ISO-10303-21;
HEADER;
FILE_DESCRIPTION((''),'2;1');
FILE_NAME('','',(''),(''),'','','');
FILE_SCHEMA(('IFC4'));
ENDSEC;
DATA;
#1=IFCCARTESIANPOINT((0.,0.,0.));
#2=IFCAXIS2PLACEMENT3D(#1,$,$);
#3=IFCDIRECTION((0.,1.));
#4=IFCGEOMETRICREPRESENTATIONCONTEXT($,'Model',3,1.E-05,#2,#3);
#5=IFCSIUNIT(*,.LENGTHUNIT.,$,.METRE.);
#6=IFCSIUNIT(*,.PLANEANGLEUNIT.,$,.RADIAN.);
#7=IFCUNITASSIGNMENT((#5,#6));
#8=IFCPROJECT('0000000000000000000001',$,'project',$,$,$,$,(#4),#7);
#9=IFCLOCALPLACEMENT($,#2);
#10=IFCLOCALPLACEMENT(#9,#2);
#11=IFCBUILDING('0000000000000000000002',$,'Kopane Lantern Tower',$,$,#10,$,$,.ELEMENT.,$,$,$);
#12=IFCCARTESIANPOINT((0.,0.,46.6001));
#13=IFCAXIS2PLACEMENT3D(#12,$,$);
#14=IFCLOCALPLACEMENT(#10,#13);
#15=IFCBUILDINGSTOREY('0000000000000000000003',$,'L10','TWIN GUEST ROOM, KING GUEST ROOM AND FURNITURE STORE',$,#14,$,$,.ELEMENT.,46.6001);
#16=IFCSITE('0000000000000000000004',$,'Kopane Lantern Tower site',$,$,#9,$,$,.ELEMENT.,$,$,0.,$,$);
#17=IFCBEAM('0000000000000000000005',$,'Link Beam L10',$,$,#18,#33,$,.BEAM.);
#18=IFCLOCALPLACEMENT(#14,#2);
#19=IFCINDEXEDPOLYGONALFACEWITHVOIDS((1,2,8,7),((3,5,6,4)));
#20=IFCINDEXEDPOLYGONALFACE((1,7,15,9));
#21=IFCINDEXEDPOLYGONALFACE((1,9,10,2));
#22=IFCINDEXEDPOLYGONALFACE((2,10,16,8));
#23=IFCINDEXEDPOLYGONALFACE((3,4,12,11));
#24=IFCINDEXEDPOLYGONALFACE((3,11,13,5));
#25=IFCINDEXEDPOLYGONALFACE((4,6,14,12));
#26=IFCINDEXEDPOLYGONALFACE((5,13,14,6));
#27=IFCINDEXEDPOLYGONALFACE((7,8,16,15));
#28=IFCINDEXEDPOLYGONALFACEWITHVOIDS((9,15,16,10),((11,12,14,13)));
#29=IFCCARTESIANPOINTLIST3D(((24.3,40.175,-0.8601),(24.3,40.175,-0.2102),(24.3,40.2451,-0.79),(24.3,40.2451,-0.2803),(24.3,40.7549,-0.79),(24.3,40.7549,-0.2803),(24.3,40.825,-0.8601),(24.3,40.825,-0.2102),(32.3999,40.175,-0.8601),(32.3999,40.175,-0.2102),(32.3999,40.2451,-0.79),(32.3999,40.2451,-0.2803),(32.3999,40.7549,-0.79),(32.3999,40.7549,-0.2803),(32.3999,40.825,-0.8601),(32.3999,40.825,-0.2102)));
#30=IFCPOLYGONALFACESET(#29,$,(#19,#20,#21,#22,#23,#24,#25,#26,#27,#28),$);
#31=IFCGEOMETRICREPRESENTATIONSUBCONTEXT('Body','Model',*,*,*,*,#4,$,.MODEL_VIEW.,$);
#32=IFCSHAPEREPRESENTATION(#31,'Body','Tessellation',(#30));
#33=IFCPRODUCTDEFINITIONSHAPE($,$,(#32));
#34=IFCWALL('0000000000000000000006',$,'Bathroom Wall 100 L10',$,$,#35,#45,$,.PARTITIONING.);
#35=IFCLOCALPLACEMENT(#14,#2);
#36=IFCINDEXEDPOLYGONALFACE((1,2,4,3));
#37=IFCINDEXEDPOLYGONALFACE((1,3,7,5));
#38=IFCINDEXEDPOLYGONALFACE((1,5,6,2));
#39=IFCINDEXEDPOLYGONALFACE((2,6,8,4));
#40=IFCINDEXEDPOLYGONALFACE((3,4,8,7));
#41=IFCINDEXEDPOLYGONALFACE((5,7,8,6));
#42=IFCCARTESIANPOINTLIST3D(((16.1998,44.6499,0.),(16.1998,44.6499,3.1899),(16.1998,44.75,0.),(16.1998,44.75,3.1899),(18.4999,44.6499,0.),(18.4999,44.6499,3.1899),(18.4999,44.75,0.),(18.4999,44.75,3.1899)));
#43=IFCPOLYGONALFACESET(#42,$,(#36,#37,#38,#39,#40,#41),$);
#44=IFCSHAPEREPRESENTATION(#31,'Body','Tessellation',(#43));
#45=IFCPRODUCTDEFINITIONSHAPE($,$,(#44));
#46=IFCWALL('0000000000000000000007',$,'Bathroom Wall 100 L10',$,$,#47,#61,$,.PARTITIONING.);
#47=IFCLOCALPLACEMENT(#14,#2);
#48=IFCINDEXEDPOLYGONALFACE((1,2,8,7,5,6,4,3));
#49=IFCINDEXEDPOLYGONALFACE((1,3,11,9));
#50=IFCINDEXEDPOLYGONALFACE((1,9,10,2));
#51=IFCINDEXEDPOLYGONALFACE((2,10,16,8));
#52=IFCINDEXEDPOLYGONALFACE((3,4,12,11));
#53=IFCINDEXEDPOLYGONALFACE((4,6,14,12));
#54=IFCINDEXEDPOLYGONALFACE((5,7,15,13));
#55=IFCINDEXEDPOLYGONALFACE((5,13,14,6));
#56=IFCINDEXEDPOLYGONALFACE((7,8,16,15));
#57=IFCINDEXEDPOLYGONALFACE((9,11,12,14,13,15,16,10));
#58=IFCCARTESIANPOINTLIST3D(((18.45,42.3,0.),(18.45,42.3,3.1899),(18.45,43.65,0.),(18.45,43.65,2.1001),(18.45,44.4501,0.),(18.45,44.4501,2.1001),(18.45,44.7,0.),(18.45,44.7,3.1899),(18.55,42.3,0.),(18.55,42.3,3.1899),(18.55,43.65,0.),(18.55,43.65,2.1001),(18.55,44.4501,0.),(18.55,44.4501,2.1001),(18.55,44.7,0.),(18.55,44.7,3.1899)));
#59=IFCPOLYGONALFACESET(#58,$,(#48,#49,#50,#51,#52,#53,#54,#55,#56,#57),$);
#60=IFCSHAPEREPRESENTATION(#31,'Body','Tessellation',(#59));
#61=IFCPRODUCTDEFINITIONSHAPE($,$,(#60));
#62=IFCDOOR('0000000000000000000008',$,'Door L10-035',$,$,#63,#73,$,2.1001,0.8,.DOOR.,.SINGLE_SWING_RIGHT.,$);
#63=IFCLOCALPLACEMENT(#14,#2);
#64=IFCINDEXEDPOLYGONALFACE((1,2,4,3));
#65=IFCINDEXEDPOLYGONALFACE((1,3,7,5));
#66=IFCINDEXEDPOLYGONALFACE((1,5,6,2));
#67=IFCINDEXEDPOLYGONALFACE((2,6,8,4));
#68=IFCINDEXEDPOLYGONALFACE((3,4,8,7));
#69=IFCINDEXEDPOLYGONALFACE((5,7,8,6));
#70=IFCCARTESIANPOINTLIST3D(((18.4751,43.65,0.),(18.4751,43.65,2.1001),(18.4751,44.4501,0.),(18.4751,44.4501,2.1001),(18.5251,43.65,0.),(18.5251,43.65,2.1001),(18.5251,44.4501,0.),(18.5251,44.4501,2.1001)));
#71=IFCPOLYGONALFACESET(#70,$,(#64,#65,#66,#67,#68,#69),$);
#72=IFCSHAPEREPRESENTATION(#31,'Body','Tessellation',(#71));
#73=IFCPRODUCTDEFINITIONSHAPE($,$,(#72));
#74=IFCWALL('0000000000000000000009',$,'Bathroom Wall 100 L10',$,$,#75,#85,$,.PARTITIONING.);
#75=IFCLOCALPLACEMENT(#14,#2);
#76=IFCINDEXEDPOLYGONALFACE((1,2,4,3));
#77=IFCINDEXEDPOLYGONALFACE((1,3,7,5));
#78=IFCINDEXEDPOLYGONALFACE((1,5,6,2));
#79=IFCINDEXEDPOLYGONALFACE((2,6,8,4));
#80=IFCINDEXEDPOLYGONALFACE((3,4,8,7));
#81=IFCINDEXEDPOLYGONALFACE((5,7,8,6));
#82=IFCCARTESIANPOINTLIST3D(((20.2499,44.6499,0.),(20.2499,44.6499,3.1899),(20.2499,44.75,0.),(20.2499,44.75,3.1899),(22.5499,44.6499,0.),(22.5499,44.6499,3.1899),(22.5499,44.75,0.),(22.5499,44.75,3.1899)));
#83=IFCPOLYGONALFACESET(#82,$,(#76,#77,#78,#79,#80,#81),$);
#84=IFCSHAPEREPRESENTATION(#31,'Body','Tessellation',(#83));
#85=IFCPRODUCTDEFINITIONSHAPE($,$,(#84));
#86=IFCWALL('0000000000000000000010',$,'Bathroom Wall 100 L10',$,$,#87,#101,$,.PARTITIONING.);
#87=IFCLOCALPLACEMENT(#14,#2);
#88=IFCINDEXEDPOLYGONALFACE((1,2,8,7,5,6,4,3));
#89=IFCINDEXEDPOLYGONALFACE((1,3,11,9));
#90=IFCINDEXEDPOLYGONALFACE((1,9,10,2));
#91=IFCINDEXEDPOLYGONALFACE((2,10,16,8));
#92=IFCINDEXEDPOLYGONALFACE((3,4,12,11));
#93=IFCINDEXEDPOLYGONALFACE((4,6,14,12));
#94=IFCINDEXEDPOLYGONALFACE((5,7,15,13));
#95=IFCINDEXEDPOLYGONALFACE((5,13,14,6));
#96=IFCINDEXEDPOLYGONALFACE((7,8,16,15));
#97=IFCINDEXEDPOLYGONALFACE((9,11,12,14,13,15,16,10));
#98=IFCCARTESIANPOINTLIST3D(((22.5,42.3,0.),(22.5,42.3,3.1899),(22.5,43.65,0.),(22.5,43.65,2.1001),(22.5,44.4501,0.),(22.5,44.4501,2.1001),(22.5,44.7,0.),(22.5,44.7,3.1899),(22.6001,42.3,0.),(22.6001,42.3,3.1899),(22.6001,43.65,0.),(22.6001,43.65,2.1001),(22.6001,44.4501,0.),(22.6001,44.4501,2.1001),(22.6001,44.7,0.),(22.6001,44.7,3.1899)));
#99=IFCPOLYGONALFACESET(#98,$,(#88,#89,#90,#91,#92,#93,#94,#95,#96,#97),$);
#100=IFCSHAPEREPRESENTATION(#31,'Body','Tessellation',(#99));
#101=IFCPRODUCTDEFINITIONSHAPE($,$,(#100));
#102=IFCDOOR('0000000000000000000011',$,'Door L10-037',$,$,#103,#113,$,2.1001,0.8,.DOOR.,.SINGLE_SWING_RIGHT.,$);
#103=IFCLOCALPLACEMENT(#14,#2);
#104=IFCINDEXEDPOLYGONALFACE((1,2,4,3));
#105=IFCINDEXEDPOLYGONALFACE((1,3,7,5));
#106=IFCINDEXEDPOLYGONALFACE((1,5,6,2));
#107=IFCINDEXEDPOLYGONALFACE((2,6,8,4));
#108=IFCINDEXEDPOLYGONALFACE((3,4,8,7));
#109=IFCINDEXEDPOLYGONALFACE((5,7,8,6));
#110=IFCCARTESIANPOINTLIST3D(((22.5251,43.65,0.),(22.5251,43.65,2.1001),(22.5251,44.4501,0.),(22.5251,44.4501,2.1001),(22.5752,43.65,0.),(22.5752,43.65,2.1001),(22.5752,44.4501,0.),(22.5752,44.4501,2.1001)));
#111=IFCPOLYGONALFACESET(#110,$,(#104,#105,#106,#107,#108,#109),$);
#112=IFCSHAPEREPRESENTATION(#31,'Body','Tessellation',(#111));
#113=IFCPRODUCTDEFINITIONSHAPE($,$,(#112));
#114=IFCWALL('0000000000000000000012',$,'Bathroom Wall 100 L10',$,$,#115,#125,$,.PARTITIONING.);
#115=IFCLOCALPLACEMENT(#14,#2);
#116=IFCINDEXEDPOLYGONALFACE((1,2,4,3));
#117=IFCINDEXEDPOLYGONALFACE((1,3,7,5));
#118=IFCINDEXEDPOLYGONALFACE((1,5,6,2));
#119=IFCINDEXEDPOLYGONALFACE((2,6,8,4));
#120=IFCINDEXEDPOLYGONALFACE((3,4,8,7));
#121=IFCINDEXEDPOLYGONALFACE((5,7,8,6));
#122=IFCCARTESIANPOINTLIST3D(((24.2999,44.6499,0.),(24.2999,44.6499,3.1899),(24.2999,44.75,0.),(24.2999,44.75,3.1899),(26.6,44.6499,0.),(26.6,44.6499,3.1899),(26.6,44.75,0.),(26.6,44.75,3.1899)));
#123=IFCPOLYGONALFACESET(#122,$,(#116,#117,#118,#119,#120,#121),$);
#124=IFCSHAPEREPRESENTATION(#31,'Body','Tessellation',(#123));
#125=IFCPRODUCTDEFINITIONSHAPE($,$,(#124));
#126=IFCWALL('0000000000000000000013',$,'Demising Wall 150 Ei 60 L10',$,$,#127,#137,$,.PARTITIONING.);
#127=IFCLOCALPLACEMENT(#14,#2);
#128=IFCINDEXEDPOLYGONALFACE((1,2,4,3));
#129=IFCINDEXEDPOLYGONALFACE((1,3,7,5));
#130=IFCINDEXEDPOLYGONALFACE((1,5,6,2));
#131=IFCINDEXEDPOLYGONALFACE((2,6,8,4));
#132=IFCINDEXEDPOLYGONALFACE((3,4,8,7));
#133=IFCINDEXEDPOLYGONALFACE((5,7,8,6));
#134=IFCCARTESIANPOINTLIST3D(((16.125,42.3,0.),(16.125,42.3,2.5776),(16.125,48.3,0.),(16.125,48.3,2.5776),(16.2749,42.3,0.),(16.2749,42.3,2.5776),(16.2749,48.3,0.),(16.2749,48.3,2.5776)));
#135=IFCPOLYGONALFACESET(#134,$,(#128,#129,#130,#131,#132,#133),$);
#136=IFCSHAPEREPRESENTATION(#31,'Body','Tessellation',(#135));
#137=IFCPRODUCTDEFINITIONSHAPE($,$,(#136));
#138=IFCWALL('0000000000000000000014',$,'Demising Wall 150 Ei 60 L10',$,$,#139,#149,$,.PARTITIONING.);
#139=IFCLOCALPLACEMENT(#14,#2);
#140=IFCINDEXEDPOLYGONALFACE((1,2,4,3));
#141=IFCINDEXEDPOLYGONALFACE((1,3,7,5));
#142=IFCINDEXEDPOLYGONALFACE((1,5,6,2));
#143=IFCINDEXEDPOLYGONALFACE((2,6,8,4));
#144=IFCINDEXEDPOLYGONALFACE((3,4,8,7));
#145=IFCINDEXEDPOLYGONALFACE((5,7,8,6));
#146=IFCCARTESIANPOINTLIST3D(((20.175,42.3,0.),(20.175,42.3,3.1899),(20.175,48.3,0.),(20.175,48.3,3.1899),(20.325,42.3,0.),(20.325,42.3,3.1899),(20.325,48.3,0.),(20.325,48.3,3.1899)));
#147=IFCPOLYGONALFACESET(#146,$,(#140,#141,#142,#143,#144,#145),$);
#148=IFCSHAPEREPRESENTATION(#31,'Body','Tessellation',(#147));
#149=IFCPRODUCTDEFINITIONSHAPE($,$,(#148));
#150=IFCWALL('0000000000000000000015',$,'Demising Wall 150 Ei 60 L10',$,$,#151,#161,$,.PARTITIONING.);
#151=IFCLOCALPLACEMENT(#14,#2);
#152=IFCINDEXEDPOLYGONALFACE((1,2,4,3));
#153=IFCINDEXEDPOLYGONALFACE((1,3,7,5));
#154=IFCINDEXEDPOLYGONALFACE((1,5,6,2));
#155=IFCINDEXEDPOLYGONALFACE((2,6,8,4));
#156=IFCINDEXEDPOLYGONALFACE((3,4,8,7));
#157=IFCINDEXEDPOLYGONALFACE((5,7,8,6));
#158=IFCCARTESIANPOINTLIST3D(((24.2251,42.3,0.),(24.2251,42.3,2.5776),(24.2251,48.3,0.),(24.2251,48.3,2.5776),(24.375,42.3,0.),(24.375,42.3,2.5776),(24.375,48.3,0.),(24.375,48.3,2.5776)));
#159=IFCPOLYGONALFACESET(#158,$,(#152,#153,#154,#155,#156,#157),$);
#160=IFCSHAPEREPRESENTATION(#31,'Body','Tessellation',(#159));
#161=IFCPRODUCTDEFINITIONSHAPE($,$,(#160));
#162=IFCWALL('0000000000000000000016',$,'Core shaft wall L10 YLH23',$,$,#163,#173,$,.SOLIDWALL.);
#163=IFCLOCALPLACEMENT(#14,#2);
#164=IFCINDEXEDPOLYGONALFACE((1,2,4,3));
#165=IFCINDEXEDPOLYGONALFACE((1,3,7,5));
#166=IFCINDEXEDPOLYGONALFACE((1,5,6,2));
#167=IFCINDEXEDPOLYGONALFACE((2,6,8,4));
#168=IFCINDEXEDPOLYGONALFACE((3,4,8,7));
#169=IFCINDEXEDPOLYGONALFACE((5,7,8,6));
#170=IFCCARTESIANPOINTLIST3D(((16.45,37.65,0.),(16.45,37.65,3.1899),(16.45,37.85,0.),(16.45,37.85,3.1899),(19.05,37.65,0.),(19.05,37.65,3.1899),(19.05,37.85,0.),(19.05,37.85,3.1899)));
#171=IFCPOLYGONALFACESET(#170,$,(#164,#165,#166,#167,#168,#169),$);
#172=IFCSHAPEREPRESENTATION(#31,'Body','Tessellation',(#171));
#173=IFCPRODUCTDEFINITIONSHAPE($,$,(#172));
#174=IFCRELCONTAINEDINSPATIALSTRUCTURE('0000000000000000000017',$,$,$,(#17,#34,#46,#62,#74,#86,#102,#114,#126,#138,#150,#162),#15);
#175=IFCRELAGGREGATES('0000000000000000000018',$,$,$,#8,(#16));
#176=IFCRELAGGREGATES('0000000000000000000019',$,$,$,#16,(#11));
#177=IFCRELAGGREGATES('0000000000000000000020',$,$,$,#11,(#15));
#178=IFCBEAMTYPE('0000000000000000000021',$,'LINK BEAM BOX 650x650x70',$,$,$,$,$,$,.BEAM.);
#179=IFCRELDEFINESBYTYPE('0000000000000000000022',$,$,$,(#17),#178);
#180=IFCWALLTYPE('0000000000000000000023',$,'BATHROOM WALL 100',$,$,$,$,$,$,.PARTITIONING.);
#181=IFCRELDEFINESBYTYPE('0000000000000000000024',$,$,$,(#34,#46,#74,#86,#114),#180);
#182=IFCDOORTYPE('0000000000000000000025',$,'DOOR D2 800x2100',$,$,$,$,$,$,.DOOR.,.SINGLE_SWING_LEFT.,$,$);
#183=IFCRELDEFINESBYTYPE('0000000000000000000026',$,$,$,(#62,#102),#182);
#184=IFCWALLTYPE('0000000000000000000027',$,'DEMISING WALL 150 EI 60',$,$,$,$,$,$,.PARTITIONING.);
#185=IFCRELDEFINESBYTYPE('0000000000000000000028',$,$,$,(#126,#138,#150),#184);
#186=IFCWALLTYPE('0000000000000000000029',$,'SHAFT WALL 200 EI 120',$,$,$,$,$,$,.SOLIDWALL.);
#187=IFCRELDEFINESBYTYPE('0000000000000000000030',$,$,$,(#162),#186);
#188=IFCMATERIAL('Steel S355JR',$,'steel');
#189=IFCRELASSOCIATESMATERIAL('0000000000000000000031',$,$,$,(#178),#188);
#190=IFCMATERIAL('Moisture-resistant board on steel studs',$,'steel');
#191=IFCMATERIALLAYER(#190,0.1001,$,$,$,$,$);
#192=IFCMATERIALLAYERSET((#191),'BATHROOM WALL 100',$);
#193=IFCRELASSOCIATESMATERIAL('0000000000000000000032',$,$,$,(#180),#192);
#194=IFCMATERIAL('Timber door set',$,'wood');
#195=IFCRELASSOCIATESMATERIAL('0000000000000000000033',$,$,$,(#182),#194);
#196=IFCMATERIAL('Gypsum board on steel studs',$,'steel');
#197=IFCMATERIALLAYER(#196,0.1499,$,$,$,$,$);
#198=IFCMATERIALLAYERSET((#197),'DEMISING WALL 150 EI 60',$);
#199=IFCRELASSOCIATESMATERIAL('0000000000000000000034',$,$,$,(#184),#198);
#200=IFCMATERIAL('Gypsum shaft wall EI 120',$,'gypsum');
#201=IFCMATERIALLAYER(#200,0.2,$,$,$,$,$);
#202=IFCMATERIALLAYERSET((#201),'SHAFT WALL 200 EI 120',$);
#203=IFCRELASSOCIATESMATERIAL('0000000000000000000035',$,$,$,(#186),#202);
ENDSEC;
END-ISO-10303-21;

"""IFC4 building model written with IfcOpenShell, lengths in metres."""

from ifc_helpers import new_model, si_unit, direction, frame, frame_2d, origin, origin_2d, place, context, subcontext, project, spatial, rectangle, hollow_rectangle, extrude, material, layer, layer_set, material_profile, profile_set, type_object, element, fill, save


model = new_model("IFC4")

# Units and contexts
model_context = context("Model", 3, precision=1e-05, world=origin(), true_north=direction((0.0, 1.0)))
body_context = subcontext(model_context, "Body", "Model", "MODEL_VIEW")
ifc_project = project(units=[si_unit("LENGTHUNIT", "METRE"), si_unit("PLANEANGLEUNIT", "RADIAN")], contexts=[model_context])

# Site, building, storey
site_placement = place(None, origin())
site = spatial("IfcSite", under=ifc_project, at=site_placement, Name="Kopane Lantern Tower site", CompositionType="ELEMENT", RefElevation=0.0)
building_placement = place(site_placement, origin())
building = spatial("IfcBuilding", under=site, at=building_placement, Name="Kopane Lantern Tower", CompositionType="ELEMENT")
storey_placement = place(building_placement, frame((0.0, 0.0, 46.6001)))
storey = spatial("IfcBuildingStorey", under=building, at=storey_placement, Name="L10", Description="TWIN GUEST ROOM, KING GUEST ROOM AND FURNITURE STORE", CompositionType="ELEMENT", Elevation=46.6001)

# Beam
ifc_material_1 = material(Name="Steel S355JR", Category="steel")
ifc_material_profile_1 = material_profile(ifc_material_1, hollow_rectangle(XDim=0.6499, YDim=0.6499, WallThickness=0.0701, at=origin_2d()), Name="BOX 650x650x70")
ifc_profile_set_1 = profile_set([ifc_material_profile_1], Name="Steel S355JR")
beam_type_1 = type_object("IfcBeamType", Name="LINK BEAM BOX 650x650x70", PredefinedType="BEAM", material=ifc_profile_set_1)
beam_1_placement = place(storey_placement, frame((24.3, 40.5, -0.5352), z_axis=(1.0, 0.0, 0.0), x_axis=(0.0, 1.0, 0.0)))
element("IfcBeam", 1, at=beam_1_placement, inside=storey, type_object=beam_type_1, Name="Link Beam L10", PredefinedType="BEAM", context=body_context, shape_type="SweptSolid", body=[
    extrude(hollow_rectangle(XDim=0.6499, YDim=0.6499, WallThickness=0.0701, at=origin_2d()), origin(), (0.0, 0.0, 1.0), 8.0999),
])

# Wall
ifc_material_2 = material(Name="Moisture-resistant board on steel studs", Category="steel")
ifc_layer_1 = layer(ifc_material_2, 0.1001)
ifc_layer_set_1 = layer_set([ifc_layer_1], Name="BATHROOM WALL 100")
wall_type_1 = type_object("IfcWallType", Name="BATHROOM WALL 100", PredefinedType="PARTITIONING", material=ifc_layer_set_1)
wall_1_placement = place(storey_placement, frame((16.2, 44.7, 0.0), z_axis=(0.0, 0.0, 1.0), x_axis=(1.0, 0.0, 0.0)))
element("IfcWall", 2, at=wall_1_placement, inside=storey, type_object=wall_type_1, Name="Bathroom Wall 100 L10", PredefinedType="PARTITIONING", context=body_context, shape_type="SweptSolid", body=[
    extrude(rectangle(XDim=2.3, YDim=0.1001, at=frame_2d((1.1499, 0.0))), origin(), (0.0, 0.0, 1.0), 3.1899),
])

# Wall, opening, door
wall_2_placement = place(storey_placement, frame((18.5, 42.3, 0.0), z_axis=(0.0, 0.0, 1.0), x_axis=(0.0, 1.0, 0.0)))
wall_2 = element("IfcWall", 3, at=wall_2_placement, inside=storey, type_object=wall_type_1, Name="Bathroom Wall 100 L10", PredefinedType="PARTITIONING", context=body_context, shape_type="SweptSolid", body=[
    extrude(rectangle(XDim=2.3999, YDim=0.1001, at=frame_2d((1.2, 0.0))), origin(), (0.0, 0.0, 1.0), 3.1899),
])
opening_1_placement = place(wall_2_placement, frame((1.3501, 0.0, 0.0)))
opening_1 = element("IfcOpeningElement", 4, at=opening_1_placement, cuts=wall_2, PredefinedType="OPENING", context=body_context, shape_type="SweptSolid", body=[
    extrude(rectangle(XDim=0.8, YDim=2.1001, at=frame_2d((0.3999, 1.05))), frame((0.0, 0.0601, 0.0), z_axis=(0.0, -1.0, 0.0), x_axis=(1.0, 0.0, 0.0)), (0.0, 0.0, 1.0), 0.1201),
])
ifc_material_3 = material(Name="Timber door set", Category="wood")
door_type = type_object("IfcDoorType", Name="DOOR D2 800x2100", OperationType="SINGLE_SWING_LEFT", PredefinedType="DOOR", material=ifc_material_3)
door_1_placement = place(opening_1_placement, origin())
door_1 = element("IfcDoor", 5, at=door_1_placement, inside=storey, type_object=door_type, Name="Door L10-035", OperationType="SINGLE_SWING_RIGHT", OverallHeight=2.1001, OverallWidth=0.8, PredefinedType="DOOR", context=body_context, shape_type="SweptSolid", body=[
    extrude(rectangle(XDim=0.8, YDim=2.1001, at=frame_2d((0.3999, 1.05))), frame((0.0, 0.0249, 0.0), z_axis=(0.0, -1.0, 0.0), x_axis=(1.0, 0.0, 0.0)), (0.0, 0.0, 1.0), 0.05),
])
fill(opening_1, door_1)

# Wall
wall_3_placement = place(storey_placement, frame((20.25, 44.7, 0.0), z_axis=(0.0, 0.0, 1.0), x_axis=(1.0, 0.0, 0.0)))
element("IfcWall", 6, at=wall_3_placement, inside=storey, type_object=wall_type_1, Name="Bathroom Wall 100 L10", PredefinedType="PARTITIONING", context=body_context, shape_type="SweptSolid", body=[
    extrude(rectangle(XDim=2.3, YDim=0.1001, at=frame_2d((1.1499, 0.0))), origin(), (0.0, 0.0, 1.0), 3.1899),
])

# Wall, opening, door
wall_4_placement = place(storey_placement, frame((22.55, 42.3, 0.0), z_axis=(0.0, 0.0, 1.0), x_axis=(0.0, 1.0, 0.0)))
wall_4 = element("IfcWall", 7, at=wall_4_placement, inside=storey, type_object=wall_type_1, Name="Bathroom Wall 100 L10", PredefinedType="PARTITIONING", context=body_context, shape_type="SweptSolid", body=[
    extrude(rectangle(XDim=2.3999, YDim=0.1001, at=frame_2d((1.2, 0.0))), origin(), (0.0, 0.0, 1.0), 3.1899),
])
opening_2_placement = place(wall_4_placement, frame((1.3501, 0.0, 0.0)))
opening_2 = element("IfcOpeningElement", 8, at=opening_2_placement, cuts=wall_4, PredefinedType="OPENING", context=body_context, shape_type="SweptSolid", body=[
    extrude(rectangle(XDim=0.8, YDim=2.1001, at=frame_2d((0.3999, 1.05))), frame((0.0, 0.0601, 0.0), z_axis=(0.0, -1.0, 0.0), x_axis=(1.0, 0.0, 0.0)), (0.0, 0.0, 1.0), 0.1201),
])
door_2_placement = place(opening_2_placement, origin())
door_2 = element("IfcDoor", 9, at=door_2_placement, inside=storey, type_object=door_type, Name="Door L10-037", OperationType="SINGLE_SWING_RIGHT", OverallHeight=2.1001, OverallWidth=0.8, PredefinedType="DOOR", context=body_context, shape_type="SweptSolid", body=[
    extrude(rectangle(XDim=0.8, YDim=2.1001, at=frame_2d((0.3999, 1.05))), frame((0.0, 0.0249, 0.0), z_axis=(0.0, -1.0, 0.0), x_axis=(1.0, 0.0, 0.0)), (0.0, 0.0, 1.0), 0.05),
])
fill(opening_2, door_2)

# Walls
wall_5_placement = place(storey_placement, frame((24.3, 44.7, 0.0), z_axis=(0.0, 0.0, 1.0), x_axis=(1.0, 0.0, 0.0)))
element("IfcWall", 10, at=wall_5_placement, inside=storey, type_object=wall_type_1, Name="Bathroom Wall 100 L10", PredefinedType="PARTITIONING", context=body_context, shape_type="SweptSolid", body=[
    extrude(rectangle(XDim=2.3, YDim=0.1001, at=frame_2d((1.1499, 0.0))), origin(), (0.0, 0.0, 1.0), 3.1899),
])
ifc_material_4 = material(Name="Gypsum board on steel studs", Category="steel")
ifc_layer_2 = layer(ifc_material_4, 0.1499)
ifc_layer_set_2 = layer_set([ifc_layer_2], Name="DEMISING WALL 150 EI 60")
wall_type_2 = type_object("IfcWallType", Name="DEMISING WALL 150 EI 60", PredefinedType="PARTITIONING", material=ifc_layer_set_2)
wall_6_placement = place(storey_placement, frame((16.2, 42.3, 0.0), z_axis=(0.0, 0.0, 1.0), x_axis=(0.0, 1.0, 0.0)))
element("IfcWall", 11, at=wall_6_placement, inside=storey, type_object=wall_type_2, Name="Demising Wall 150 Ei 60 L10", PredefinedType="PARTITIONING", context=body_context, shape_type="SweptSolid", body=[
    extrude(rectangle(XDim=6.0, YDim=0.1499, at=frame_2d((3.0, 0.0))), origin(), (0.0, 0.0, 1.0), 2.5776),
])
wall_7_placement = place(storey_placement, frame((20.25, 42.3, 0.0), z_axis=(0.0, 0.0, 1.0), x_axis=(0.0, 1.0, 0.0)))
element("IfcWall", 12, at=wall_7_placement, inside=storey, type_object=wall_type_2, Name="Demising Wall 150 Ei 60 L10", PredefinedType="PARTITIONING", context=body_context, shape_type="SweptSolid", body=[
    extrude(rectangle(XDim=6.0, YDim=0.1499, at=frame_2d((3.0, 0.0))), origin(), (0.0, 0.0, 1.0), 3.1899),
])
wall_8_placement = place(storey_placement, frame((24.3, 42.3, 0.0), z_axis=(0.0, 0.0, 1.0), x_axis=(0.0, 1.0, 0.0)))
element("IfcWall", 13, at=wall_8_placement, inside=storey, type_object=wall_type_2, Name="Demising Wall 150 Ei 60 L10", PredefinedType="PARTITIONING", context=body_context, shape_type="SweptSolid", body=[
    extrude(rectangle(XDim=6.0, YDim=0.1499, at=frame_2d((3.0, 0.0))), origin(), (0.0, 0.0, 1.0), 2.5776),
])
ifc_material_5 = material(Name="Gypsum shaft wall EI 120", Category="gypsum")
ifc_layer_3 = layer(ifc_material_5, 0.2)
ifc_layer_set_3 = layer_set([ifc_layer_3], Name="SHAFT WALL 200 EI 120")
wall_type_3 = type_object("IfcWallType", Name="SHAFT WALL 200 EI 120", PredefinedType="SOLIDWALL", material=ifc_layer_set_3)
wall_9_placement = place(storey_placement, frame((16.45, 37.75, 0.0), z_axis=(0.0, 0.0, 1.0), x_axis=(1.0, 0.0, 0.0)))
element("IfcWall", 14, at=wall_9_placement, inside=storey, type_object=wall_type_3, Name="Core shaft wall L10 YLH23", PredefinedType="SOLIDWALL", context=body_context, shape_type="SweptSolid", body=[
    extrude(rectangle(XDim=2.6001, YDim=0.2, at=frame_2d((1.3, 0.0))), origin(), (0.0, 0.0, 1.0), 3.1899),
])

save(model, "model.ifc")
